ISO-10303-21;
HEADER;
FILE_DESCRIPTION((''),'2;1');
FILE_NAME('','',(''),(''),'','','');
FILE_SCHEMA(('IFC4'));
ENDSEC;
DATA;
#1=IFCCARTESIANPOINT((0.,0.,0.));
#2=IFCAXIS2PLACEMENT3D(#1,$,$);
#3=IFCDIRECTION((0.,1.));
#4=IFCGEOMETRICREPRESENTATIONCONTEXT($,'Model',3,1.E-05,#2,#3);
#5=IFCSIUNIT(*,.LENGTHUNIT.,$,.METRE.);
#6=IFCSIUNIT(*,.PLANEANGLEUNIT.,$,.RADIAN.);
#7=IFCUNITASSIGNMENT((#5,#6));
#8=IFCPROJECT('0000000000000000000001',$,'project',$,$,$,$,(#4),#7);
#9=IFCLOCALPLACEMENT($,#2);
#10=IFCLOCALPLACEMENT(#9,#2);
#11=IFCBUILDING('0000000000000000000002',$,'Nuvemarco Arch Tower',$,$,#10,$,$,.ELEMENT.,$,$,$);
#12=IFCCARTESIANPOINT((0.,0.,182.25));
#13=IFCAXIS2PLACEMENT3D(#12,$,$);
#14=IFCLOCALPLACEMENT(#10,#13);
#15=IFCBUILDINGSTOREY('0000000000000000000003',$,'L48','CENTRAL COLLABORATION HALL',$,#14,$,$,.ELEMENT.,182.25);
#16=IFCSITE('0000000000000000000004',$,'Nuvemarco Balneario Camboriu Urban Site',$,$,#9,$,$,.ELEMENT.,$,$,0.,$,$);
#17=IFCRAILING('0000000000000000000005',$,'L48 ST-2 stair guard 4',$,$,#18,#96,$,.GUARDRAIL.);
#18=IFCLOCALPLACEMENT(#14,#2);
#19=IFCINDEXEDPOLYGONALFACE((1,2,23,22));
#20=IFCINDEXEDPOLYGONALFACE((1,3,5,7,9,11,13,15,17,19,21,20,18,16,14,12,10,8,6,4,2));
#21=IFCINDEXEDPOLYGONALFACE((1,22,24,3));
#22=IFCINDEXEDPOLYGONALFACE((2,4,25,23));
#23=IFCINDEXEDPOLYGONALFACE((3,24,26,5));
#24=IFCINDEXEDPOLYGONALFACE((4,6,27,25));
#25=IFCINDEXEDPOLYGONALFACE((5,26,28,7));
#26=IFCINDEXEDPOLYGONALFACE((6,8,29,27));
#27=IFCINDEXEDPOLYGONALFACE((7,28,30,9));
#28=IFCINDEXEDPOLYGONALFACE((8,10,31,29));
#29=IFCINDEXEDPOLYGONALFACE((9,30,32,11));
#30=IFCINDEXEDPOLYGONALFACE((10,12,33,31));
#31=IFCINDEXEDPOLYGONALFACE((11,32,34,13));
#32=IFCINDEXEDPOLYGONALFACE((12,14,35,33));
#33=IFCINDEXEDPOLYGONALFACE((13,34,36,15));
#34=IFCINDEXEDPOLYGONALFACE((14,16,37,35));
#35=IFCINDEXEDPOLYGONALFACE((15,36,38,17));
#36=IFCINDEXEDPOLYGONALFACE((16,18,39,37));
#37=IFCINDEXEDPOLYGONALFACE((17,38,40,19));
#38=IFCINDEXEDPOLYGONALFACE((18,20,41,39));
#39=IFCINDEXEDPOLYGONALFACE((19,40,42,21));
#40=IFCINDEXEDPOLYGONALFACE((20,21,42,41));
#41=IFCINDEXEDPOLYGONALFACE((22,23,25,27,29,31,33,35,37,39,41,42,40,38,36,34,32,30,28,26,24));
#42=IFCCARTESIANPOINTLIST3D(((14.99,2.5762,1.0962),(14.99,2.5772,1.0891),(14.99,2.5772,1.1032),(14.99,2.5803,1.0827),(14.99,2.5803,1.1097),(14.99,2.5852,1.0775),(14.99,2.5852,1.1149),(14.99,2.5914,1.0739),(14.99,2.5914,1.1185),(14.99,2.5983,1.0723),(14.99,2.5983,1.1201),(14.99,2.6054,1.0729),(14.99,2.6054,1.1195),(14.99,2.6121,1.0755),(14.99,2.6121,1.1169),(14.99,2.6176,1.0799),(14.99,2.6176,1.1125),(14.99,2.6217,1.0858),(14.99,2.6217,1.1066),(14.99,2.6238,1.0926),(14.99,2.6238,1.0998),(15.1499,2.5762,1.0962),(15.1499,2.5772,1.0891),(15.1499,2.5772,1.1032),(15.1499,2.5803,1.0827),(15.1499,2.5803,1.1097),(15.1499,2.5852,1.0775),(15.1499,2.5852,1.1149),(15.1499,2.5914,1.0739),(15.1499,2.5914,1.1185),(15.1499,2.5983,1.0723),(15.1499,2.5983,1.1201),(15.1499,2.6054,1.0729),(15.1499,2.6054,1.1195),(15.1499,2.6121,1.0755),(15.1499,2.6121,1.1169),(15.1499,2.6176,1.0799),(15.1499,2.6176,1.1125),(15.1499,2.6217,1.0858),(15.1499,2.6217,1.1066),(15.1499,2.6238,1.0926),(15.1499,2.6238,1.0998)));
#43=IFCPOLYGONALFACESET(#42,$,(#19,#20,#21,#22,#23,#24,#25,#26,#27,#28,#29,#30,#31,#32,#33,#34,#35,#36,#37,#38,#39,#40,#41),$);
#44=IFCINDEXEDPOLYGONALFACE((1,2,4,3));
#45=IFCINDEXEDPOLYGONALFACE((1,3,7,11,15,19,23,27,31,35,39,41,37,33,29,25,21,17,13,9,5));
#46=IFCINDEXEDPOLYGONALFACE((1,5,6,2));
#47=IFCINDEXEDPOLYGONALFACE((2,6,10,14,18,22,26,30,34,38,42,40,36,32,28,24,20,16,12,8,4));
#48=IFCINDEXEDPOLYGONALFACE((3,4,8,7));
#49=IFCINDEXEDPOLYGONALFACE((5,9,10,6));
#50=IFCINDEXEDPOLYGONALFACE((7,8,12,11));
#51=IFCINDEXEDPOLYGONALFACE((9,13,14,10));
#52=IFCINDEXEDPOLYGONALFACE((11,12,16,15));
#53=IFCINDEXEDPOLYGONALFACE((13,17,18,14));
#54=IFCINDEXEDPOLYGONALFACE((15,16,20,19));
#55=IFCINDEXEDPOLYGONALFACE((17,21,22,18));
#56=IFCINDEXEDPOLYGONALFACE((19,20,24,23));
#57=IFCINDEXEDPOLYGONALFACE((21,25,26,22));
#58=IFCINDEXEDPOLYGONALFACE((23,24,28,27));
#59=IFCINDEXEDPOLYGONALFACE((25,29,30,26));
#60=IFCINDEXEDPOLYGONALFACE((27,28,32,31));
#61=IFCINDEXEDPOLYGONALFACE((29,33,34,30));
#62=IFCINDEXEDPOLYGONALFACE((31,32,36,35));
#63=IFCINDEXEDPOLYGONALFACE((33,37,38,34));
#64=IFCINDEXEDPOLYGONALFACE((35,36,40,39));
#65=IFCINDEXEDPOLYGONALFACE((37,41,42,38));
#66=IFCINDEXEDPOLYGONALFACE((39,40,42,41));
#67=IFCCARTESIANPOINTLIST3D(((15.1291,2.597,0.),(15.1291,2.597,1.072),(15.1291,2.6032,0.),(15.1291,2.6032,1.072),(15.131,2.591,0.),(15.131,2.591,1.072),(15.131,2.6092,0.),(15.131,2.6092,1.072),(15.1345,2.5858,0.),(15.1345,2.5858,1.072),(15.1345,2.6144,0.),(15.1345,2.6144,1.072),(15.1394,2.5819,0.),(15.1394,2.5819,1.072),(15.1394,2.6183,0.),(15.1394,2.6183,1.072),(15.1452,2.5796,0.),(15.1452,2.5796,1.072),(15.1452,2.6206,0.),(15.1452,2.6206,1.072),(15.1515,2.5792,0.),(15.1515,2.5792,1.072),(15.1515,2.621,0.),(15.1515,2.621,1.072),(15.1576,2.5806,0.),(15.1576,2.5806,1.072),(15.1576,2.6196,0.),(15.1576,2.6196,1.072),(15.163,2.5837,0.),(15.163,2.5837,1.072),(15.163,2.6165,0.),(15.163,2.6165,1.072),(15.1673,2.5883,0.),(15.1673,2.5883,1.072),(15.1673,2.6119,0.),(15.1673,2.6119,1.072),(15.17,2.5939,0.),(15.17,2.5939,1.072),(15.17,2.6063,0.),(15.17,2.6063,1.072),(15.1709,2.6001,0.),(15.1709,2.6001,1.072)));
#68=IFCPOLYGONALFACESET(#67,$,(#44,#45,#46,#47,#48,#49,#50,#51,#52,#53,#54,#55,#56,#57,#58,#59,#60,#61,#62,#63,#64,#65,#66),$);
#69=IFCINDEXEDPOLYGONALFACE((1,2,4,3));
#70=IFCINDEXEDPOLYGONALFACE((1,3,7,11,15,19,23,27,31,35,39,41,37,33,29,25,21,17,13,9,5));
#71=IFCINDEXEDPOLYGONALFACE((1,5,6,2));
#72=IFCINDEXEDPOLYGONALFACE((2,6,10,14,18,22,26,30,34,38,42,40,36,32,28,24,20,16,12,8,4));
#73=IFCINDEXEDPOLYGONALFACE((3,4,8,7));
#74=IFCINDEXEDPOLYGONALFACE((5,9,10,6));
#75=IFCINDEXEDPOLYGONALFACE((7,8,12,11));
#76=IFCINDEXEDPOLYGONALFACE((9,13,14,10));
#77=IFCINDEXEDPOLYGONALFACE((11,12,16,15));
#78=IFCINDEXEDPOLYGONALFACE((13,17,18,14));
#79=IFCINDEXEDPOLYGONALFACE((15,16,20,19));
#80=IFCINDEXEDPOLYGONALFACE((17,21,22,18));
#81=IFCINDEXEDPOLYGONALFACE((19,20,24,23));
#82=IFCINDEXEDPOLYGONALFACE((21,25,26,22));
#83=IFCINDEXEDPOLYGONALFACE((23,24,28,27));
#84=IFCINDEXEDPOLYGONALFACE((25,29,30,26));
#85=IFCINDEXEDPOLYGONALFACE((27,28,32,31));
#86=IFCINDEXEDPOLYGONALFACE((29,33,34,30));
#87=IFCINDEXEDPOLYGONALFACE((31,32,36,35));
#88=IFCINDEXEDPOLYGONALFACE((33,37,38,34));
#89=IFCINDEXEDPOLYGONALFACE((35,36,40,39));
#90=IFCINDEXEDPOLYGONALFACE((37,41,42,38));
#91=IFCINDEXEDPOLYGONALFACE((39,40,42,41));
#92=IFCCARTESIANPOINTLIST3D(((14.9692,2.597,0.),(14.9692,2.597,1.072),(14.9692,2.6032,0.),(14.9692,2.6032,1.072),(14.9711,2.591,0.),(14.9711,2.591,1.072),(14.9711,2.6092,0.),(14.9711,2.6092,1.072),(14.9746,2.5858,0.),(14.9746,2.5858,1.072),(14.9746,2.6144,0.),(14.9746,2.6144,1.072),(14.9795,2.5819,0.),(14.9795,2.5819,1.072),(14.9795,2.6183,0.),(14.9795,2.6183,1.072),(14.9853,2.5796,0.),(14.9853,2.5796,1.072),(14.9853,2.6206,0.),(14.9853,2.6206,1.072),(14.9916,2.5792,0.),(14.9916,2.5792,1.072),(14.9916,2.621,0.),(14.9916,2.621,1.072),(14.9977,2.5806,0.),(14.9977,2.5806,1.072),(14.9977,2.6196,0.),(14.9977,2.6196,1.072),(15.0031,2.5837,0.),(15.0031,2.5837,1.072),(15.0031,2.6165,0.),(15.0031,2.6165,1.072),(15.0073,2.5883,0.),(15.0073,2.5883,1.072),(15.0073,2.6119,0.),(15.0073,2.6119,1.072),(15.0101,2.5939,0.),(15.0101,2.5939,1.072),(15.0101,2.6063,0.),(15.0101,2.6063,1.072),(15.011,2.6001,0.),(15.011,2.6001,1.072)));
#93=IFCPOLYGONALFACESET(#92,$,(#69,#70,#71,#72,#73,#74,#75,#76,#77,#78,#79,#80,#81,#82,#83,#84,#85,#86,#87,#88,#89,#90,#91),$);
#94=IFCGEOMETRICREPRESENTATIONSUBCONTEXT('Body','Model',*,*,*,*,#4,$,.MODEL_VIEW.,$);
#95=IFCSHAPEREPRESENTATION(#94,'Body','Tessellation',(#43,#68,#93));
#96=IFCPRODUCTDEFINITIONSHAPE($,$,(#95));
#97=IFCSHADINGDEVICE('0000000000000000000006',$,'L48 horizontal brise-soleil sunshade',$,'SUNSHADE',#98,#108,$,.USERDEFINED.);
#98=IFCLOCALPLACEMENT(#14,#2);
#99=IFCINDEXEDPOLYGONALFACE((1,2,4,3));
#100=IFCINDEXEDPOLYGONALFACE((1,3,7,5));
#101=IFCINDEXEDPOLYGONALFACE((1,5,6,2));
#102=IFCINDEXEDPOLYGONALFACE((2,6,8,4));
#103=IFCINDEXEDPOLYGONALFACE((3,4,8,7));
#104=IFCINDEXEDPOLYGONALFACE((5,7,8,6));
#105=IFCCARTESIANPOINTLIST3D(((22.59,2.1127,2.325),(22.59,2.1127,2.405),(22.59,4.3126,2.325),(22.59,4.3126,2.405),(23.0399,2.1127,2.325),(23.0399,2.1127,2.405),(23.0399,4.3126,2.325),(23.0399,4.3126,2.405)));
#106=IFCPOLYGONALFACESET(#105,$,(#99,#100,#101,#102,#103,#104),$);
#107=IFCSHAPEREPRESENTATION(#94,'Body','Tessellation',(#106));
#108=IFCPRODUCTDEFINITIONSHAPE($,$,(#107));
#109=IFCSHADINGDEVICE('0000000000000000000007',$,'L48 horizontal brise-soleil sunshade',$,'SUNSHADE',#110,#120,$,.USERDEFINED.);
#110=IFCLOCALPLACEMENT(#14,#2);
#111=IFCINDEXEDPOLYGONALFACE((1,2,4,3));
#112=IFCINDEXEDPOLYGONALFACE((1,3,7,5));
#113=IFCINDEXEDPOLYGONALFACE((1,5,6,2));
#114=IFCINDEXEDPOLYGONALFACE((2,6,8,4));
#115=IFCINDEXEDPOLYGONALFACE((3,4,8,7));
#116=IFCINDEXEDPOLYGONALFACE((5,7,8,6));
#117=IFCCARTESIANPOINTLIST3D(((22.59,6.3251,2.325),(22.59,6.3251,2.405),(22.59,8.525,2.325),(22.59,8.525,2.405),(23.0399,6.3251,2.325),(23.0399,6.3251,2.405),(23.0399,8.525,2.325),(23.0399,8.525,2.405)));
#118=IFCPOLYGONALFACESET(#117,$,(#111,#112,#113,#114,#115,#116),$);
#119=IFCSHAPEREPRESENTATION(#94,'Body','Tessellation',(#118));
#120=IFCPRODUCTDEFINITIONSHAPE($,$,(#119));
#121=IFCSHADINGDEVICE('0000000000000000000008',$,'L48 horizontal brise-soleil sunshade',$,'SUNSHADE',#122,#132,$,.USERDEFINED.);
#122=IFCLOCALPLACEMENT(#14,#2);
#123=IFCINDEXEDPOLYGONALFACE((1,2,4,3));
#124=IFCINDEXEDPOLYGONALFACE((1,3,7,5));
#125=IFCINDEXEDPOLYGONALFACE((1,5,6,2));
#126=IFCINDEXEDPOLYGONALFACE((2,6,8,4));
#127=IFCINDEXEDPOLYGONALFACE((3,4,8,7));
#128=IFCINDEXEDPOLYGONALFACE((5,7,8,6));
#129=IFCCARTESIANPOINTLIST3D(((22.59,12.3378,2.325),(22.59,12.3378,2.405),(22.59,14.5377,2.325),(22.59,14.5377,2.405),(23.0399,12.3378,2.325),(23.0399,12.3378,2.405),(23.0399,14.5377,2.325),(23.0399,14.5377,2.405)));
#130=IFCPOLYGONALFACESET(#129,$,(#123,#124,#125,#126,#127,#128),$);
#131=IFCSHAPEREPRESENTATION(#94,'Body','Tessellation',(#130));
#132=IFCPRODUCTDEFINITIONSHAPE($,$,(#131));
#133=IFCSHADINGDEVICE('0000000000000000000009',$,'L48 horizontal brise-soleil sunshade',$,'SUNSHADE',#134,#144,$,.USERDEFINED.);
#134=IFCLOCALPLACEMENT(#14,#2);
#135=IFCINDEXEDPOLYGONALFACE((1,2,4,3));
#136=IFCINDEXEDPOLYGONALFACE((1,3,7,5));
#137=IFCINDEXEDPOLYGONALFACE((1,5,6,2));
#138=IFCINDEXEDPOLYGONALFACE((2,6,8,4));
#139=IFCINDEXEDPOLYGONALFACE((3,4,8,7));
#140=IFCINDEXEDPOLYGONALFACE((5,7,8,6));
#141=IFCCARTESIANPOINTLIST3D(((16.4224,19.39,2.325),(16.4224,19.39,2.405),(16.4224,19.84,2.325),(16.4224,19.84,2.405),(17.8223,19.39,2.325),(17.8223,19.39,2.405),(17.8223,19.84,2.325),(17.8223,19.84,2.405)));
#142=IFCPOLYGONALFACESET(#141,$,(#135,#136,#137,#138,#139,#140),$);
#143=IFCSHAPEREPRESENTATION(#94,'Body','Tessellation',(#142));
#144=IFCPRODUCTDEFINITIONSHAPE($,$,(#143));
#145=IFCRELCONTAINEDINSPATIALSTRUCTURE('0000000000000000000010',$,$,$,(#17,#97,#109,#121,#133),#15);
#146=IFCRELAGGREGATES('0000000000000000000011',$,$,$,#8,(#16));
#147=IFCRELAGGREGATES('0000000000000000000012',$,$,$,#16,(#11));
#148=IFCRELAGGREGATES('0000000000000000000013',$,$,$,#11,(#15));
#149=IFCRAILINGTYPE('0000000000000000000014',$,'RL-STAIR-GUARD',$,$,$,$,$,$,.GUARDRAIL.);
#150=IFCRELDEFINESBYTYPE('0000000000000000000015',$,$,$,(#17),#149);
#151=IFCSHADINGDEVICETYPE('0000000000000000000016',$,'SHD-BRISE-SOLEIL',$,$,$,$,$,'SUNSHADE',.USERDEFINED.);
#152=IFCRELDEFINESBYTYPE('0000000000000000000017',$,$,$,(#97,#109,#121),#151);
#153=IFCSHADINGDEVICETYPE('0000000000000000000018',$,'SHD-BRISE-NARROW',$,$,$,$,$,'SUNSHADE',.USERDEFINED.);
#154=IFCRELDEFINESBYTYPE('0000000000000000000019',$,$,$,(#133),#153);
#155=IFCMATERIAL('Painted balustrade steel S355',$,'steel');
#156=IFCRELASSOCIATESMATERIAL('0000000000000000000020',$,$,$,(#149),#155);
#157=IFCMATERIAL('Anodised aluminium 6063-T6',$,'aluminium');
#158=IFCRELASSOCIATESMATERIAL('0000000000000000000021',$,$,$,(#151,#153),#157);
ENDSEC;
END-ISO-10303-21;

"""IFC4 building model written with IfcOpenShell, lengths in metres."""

from ifc_helpers import new_model, si_unit, direction, frame, origin, origin_2d, place, context, subcontext, project, spatial, rectangle, circle, extrude, source, transform, mapped, material, type_object, type_shapes, element, save


model = new_model("IFC4")

# Units and contexts
model_context = context("Model", 3, precision=1e-05, world=origin(), true_north=direction((0.0, 1.0)))
body_context = subcontext(model_context, "Body", "Model", "MODEL_VIEW")
ifc_project = project(units=[si_unit("LENGTHUNIT", "METRE"), si_unit("PLANEANGLEUNIT", "RADIAN")], contexts=[model_context])

# Site, building, storey
site_placement = place(None, origin())
site = spatial("IfcSite", under=ifc_project, at=site_placement, Name="Nuvemarco Balneario Camboriu Urban Site", CompositionType="ELEMENT", RefElevation=0.0)
building_placement = place(site_placement, origin())
building = spatial("IfcBuilding", under=site, at=building_placement, Name="Nuvemarco Arch Tower", CompositionType="ELEMENT")
storey_placement = place(building_placement, frame((0.0, 0.0, 182.25)))
storey = spatial("IfcBuildingStorey", under=building, at=storey_placement, Name="L48", Description="CENTRAL COLLABORATION HALL", CompositionType="ELEMENT", Elevation=182.25)

# Railing
ifc_material_1 = material(Name="Painted balustrade steel S355", Category="steel")
railing_type_1 = type_object("IfcRailingType", Name="RL-STAIR-GUARD", PredefinedType="GUARDRAIL", material=ifc_material_1)
railing_1_placement = place(storey_placement, frame((15.1499, 2.6001, 0.0)))
element("IfcRailing", 1, at=railing_1_placement, inside=storey, type_object=railing_type_1, Name="L48 ST-2 stair guard 4", PredefinedType="GUARDRAIL", context=body_context, shape_type="SweptSolid", body=[
    extrude(circle(Radius=0.0239, at=origin_2d()), frame((0.0, 0.0, 1.0962), z_axis=(-1.0, 0.0, 0.0), x_axis=(0.0, -1.0, 0.0)), (0.0, 0.0, 1.0), 0.1599),
    extrude(circle(Radius=0.021, at=origin_2d()), origin(), (0.0, 0.0, 1.0), 1.072),
    extrude(circle(Radius=0.021, at=origin_2d()), frame((-0.1599, 0.0, 0.0)), (0.0, 0.0, 1.0), 1.072),
])

# Shading devices
ifc_material_2 = material(Name="Anodised aluminium 6063-T6", Category="aluminium")
shading_device_type_1 = type_object("IfcShadingDeviceType", Name="SHD-BRISE-SOLEIL", ElementType="SUNSHADE", PredefinedType="USERDEFINED", material=ifc_material_2)
shared_shape_1 = source(origin(), body_context, "Body", "SweptSolid", [
    extrude(rectangle(XDim=2.2, YDim=0.45, at=origin_2d()), origin(), (0.0, 0.0, 1.0), 0.0801),
])
type_shapes(shading_device_type_1, [shared_shape_1])
for number, where, z_axis, x_axis, name in (
    (2, (22.8149, 3.2126, 2.325), (0.0, 0.0, 1.0), (0.0, 1.0, 0.0), "L48 horizontal brise-soleil sunshade"),
    (3, (22.8149, 7.425, 2.325), (0.0, 0.0, 1.0), (0.0, 1.0, 0.0), "L48 horizontal brise-soleil sunshade"),
    (4, (22.8149, 13.4377, 2.325), (0.0, 0.0, 1.0), (0.0, 1.0, 0.0), "L48 horizontal brise-soleil sunshade"),
):
    element("IfcShadingDevice", number, at=place(storey_placement, frame(where, z_axis=z_axis, x_axis=x_axis)), inside=storey, type_object=shading_device_type_1, Name=name, ObjectType="SUNSHADE", PredefinedType="USERDEFINED", context=body_context, shape_type="MappedRepresentation", body=[
        mapped(shared_shape_1, transform((0.0, 0.0, 0.0), scale=1.0)),
    ])
shading_device_type_2 = type_object("IfcShadingDeviceType", Name="SHD-BRISE-NARROW", ElementType="SUNSHADE", PredefinedType="USERDEFINED", material=ifc_material_2)
shared_shape_2 = source(origin(), body_context, "Body", "SweptSolid", [
    extrude(rectangle(XDim=1.3999, YDim=0.45, at=origin_2d()), origin(), (0.0, 0.0, 1.0), 0.0801),
])
type_shapes(shading_device_type_2, [shared_shape_2])
shading_device_placement = place(storey_placement, frame((17.1223, 19.615, 2.325), z_axis=(0.0, 0.0, 1.0), x_axis=(1.0, 0.0, 0.0)))
element("IfcShadingDevice", 5, at=shading_device_placement, inside=storey, type_object=shading_device_type_2, Name="L48 horizontal brise-soleil sunshade", ObjectType="SUNSHADE", PredefinedType="USERDEFINED", context=body_context, shape_type="MappedRepresentation", body=[
    mapped(shared_shape_2, transform((0.0, 0.0, 0.0), scale=1.0)),
])

save(model, "model.ifc")
